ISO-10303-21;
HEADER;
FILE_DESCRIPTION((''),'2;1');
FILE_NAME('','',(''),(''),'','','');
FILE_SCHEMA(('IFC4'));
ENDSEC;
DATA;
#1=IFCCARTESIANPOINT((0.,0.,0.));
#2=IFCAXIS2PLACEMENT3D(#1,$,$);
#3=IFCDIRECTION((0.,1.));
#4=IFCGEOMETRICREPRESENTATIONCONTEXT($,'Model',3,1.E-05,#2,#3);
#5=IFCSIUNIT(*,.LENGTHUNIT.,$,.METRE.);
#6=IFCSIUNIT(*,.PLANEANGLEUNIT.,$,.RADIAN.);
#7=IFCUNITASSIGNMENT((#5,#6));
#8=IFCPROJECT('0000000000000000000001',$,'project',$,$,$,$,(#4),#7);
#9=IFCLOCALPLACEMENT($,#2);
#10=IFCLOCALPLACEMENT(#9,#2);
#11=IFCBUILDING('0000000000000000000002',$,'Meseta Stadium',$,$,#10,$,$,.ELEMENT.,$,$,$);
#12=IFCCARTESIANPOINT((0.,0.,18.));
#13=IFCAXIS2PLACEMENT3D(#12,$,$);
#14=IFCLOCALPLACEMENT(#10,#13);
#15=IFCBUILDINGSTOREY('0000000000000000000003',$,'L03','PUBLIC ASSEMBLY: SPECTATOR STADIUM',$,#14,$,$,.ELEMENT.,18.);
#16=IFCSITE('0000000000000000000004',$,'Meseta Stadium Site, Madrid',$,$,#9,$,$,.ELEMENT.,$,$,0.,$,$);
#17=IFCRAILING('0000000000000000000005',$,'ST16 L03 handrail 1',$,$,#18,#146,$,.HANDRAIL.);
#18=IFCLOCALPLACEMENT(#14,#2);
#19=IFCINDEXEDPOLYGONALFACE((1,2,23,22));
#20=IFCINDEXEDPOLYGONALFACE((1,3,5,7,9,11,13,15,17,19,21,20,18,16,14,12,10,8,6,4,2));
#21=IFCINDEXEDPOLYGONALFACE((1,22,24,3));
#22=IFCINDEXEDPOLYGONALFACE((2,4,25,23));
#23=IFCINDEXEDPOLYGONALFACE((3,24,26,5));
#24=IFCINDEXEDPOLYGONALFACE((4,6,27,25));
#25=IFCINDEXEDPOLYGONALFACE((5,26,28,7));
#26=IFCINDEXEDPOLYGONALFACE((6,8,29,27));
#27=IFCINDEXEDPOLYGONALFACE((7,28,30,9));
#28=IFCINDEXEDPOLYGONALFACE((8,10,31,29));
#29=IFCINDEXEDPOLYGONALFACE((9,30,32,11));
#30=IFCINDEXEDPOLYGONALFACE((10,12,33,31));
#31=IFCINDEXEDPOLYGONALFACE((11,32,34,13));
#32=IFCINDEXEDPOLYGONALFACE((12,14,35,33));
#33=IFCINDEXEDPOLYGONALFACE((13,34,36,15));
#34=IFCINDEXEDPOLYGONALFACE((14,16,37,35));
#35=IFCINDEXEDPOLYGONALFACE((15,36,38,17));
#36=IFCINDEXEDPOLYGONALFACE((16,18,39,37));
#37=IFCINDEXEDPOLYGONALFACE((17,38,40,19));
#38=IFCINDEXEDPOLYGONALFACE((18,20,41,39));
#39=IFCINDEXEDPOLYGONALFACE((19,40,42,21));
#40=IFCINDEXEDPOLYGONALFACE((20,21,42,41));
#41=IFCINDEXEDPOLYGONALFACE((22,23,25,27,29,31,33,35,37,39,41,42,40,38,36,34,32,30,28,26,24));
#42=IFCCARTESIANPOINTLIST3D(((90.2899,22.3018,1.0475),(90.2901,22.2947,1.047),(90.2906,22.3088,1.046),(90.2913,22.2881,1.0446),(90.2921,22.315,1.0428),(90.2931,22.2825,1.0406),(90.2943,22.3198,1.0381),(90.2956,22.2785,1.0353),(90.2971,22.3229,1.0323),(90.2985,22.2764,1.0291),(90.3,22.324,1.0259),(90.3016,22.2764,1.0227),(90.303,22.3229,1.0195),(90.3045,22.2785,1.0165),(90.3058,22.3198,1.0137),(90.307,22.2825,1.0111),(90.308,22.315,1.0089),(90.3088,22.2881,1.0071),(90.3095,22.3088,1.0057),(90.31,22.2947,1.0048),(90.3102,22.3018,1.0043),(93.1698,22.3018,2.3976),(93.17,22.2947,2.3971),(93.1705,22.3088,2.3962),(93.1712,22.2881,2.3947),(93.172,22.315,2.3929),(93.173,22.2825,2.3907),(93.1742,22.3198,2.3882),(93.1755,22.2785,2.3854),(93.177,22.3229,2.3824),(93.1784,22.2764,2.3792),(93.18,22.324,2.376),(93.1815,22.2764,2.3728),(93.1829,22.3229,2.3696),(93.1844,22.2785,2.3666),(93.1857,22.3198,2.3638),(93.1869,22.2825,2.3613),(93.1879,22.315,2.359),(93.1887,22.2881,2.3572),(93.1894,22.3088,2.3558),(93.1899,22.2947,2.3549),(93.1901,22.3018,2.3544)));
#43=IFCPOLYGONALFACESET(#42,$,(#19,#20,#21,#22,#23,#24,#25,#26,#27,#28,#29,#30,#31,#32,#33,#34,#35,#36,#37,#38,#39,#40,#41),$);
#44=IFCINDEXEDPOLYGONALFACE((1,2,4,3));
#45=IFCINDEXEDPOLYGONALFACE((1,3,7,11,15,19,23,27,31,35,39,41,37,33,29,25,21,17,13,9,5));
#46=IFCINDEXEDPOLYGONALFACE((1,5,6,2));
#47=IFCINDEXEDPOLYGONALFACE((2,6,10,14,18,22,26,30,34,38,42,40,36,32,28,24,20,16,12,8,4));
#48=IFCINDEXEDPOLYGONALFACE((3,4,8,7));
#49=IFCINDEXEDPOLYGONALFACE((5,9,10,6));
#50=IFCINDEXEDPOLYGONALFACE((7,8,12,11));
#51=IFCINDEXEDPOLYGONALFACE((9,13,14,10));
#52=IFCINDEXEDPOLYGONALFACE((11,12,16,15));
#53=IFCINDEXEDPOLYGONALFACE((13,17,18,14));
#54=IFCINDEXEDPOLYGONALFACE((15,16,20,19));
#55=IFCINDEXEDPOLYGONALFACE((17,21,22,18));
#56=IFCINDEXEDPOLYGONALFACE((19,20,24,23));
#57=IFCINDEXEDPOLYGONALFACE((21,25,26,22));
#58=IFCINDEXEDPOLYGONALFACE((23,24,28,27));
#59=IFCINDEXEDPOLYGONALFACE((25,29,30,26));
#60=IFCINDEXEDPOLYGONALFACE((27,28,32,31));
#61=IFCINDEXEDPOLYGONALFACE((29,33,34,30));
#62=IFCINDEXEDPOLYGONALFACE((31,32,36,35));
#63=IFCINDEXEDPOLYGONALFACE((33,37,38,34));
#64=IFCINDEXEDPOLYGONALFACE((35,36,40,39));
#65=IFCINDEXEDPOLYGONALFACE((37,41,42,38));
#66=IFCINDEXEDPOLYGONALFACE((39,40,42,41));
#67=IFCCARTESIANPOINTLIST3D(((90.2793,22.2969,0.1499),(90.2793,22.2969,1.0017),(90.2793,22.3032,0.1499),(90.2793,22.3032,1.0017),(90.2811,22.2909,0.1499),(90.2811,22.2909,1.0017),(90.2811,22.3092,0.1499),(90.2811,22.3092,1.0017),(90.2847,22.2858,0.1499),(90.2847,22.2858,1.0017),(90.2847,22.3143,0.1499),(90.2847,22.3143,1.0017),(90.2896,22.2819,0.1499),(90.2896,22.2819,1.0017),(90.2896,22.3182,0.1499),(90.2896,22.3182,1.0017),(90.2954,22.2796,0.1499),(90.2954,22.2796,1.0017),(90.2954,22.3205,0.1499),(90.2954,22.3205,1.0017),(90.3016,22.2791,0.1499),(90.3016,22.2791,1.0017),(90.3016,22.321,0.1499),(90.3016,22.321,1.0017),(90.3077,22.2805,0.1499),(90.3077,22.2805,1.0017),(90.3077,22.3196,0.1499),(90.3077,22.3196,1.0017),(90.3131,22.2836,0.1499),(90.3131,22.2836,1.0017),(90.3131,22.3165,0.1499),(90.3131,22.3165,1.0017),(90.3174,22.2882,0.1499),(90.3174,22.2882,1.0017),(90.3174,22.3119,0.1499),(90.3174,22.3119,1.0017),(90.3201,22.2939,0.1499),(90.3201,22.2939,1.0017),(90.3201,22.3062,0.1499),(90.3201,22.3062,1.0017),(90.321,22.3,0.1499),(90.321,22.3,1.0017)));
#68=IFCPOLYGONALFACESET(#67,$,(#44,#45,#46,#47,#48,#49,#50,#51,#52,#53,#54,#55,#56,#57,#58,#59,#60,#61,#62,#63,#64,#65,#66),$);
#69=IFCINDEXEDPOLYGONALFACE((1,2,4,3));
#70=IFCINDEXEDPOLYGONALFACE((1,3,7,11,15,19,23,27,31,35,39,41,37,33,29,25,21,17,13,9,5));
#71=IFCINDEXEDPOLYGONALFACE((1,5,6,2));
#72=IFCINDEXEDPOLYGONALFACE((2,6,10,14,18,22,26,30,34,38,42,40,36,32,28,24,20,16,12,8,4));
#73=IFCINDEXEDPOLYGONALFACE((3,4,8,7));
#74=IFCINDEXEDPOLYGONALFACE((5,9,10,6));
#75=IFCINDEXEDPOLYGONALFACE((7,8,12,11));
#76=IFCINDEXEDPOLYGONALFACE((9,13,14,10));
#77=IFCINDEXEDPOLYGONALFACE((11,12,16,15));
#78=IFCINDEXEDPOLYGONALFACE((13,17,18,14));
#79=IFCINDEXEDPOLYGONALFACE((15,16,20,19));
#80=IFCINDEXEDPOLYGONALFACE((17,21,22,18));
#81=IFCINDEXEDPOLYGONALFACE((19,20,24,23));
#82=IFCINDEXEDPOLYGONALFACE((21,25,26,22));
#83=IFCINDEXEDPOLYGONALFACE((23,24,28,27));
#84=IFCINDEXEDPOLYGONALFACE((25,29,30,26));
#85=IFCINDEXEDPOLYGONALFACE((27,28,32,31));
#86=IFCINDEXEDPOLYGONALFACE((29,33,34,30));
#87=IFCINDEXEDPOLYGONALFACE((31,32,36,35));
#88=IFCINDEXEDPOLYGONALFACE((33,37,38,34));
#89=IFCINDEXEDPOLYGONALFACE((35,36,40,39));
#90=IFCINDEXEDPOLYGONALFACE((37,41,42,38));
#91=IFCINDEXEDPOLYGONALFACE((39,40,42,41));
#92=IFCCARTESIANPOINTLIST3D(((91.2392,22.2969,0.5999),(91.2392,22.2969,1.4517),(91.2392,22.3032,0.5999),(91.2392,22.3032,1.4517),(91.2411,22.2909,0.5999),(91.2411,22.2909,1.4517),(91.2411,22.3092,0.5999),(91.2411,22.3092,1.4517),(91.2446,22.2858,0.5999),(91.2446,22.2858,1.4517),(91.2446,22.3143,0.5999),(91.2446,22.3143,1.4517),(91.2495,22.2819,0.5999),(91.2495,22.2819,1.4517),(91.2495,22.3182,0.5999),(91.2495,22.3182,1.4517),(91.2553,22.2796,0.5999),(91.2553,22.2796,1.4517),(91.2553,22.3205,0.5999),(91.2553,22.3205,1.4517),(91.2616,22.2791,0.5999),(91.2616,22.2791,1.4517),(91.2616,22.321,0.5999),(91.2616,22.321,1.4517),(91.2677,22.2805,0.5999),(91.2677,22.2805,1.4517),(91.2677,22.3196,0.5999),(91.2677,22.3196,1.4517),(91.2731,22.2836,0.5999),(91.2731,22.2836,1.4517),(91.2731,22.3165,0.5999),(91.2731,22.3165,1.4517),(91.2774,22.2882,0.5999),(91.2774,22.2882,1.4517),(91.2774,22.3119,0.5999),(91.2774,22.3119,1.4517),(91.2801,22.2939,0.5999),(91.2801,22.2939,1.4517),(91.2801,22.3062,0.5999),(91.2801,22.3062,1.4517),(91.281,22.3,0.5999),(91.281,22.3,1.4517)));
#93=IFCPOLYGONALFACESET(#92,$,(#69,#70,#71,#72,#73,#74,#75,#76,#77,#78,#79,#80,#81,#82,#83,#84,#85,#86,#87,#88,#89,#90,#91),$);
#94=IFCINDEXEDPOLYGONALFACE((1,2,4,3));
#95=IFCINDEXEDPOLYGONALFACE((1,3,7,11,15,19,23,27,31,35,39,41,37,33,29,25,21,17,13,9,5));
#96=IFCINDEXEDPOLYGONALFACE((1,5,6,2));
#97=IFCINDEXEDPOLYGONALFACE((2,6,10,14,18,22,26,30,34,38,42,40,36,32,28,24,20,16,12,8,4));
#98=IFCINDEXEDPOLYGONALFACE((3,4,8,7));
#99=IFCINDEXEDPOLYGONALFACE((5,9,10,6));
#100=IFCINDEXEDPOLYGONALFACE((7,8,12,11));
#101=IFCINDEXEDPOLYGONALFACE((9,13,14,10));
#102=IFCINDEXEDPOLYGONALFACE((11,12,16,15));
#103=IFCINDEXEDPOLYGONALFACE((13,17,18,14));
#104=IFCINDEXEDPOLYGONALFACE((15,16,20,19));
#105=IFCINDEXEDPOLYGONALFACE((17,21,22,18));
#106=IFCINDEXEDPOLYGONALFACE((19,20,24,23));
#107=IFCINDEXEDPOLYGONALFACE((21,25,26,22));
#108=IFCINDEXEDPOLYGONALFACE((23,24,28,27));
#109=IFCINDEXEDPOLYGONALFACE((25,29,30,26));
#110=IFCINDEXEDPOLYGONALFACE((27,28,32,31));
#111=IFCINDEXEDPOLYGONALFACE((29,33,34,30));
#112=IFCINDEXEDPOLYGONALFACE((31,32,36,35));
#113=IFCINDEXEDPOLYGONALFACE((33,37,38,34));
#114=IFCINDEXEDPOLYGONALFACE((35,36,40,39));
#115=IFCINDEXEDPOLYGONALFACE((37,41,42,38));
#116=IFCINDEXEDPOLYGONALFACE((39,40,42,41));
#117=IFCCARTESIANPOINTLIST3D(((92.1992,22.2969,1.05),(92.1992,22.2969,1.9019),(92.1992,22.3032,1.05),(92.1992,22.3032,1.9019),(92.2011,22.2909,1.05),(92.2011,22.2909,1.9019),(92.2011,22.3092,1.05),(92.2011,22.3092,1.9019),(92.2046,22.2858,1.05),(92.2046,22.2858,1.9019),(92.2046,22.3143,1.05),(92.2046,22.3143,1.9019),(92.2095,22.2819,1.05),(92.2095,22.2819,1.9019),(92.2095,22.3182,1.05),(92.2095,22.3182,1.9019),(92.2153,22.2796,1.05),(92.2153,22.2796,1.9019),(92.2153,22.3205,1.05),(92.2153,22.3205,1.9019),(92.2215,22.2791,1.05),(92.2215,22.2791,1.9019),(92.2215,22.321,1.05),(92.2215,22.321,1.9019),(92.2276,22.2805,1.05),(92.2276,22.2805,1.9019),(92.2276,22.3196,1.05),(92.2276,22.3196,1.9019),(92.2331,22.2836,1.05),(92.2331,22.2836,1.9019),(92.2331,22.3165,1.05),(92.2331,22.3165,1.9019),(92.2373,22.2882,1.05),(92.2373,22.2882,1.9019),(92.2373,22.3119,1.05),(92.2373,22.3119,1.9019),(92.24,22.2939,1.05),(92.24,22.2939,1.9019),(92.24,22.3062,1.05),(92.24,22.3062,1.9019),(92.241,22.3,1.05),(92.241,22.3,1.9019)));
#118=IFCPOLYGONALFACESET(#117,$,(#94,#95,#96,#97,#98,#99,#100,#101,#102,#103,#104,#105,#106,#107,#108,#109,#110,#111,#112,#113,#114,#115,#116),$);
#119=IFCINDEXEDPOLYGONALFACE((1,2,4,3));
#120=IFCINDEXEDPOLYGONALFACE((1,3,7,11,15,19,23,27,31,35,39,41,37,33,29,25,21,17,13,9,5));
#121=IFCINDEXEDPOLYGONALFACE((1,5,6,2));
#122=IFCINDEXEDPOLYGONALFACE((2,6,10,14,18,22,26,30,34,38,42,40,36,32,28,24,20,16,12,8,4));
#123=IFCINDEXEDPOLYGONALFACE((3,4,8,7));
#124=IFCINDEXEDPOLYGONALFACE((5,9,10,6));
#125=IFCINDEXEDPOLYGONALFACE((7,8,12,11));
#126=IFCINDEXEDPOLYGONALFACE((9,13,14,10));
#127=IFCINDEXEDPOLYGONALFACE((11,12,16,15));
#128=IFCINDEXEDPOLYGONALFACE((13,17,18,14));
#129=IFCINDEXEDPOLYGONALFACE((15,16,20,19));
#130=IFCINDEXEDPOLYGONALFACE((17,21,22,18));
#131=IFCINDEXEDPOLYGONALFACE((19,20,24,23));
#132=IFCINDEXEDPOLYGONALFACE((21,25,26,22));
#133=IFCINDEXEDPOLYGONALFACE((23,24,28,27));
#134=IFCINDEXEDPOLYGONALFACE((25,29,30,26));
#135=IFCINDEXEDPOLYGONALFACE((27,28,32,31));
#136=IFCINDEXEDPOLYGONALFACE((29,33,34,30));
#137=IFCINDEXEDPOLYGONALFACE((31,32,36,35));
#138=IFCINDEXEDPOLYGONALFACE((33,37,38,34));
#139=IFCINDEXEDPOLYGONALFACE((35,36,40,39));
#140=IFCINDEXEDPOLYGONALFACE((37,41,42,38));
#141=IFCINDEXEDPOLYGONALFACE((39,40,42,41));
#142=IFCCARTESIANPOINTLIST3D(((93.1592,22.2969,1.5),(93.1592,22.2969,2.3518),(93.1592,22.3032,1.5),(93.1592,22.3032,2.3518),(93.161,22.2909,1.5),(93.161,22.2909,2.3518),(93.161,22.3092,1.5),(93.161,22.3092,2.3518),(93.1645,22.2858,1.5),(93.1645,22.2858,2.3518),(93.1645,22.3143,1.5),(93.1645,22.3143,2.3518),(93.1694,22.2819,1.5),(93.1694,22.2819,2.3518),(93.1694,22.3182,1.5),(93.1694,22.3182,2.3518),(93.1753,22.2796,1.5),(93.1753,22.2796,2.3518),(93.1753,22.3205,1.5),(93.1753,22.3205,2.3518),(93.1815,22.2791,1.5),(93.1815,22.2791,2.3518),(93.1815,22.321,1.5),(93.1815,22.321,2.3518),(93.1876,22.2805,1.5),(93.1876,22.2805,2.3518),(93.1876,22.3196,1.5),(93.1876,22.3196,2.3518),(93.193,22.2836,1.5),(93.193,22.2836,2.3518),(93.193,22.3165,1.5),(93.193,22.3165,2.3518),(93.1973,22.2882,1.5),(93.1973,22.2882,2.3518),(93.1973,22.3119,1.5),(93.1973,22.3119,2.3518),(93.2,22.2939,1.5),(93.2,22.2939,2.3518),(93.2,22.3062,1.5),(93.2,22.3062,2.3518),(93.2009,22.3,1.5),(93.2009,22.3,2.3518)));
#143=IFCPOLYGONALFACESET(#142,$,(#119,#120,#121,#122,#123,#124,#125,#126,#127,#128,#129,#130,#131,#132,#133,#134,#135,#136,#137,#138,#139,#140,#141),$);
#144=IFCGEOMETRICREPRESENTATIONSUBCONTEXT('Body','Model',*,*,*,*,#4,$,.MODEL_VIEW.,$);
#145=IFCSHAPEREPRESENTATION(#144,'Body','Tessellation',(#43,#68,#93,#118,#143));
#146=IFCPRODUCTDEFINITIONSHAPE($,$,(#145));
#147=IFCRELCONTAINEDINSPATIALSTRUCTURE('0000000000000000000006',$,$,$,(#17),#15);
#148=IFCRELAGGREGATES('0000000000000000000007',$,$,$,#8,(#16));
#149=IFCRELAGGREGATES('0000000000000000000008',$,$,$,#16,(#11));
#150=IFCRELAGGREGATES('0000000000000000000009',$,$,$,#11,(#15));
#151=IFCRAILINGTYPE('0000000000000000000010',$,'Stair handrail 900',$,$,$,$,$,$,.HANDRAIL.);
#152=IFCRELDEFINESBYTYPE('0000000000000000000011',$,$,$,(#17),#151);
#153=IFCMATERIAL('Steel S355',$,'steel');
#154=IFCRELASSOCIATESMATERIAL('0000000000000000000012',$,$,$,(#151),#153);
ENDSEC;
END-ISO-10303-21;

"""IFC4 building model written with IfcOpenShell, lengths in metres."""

from ifc_helpers import new_model, si_unit, direction, frame, origin, origin_2d, place, context, subcontext, project, spatial, circle, extrude, material, type_object, element, save


model = new_model("IFC4")

# Units and contexts
model_context = context("Model", 3, precision=1e-05, world=origin(), true_north=direction((0.0, 1.0)))
body_context = subcontext(model_context, "Body", "Model", "MODEL_VIEW")
ifc_project = project(units=[si_unit("LENGTHUNIT", "METRE"), si_unit("PLANEANGLEUNIT", "RADIAN")], contexts=[model_context])

# Site, building, storey
site_placement = place(None, origin())
site = spatial("IfcSite", under=ifc_project, at=site_placement, Name="Meseta Stadium Site, Madrid", CompositionType="ELEMENT", RefElevation=0.0)
building_placement = place(site_placement, origin())
building = spatial("IfcBuilding", under=site, at=building_placement, Name="Meseta Stadium", CompositionType="ELEMENT")
storey_placement = place(building_placement, frame((0.0, 0.0, 18.0)))
storey = spatial("IfcBuildingStorey", under=building, at=storey_placement, Name="L03", Description="PUBLIC ASSEMBLY: SPECTATOR STADIUM", CompositionType="ELEMENT", Elevation=18.0)

# Railing
ifc_material_1 = material(Name="Steel S355", Category="steel")
railing_type_1 = type_object("IfcRailingType", Name="Stair handrail 900", PredefinedType="HANDRAIL", material=ifc_material_1)
for number, where, name in (
    (1, (90.3, 22.3, 0.1499), "ST16 L03 handrail 1"),
):
    element("IfcRailing", number, at=place(storey_placement, frame(where)), inside=storey, type_object=railing_type_1, Name=name, PredefinedType="HANDRAIL", context=body_context, shape_type="SweptSolid", body=[
        extrude(circle(Radius=0.0239, at=origin_2d()), frame((0.0, 0.0, 0.876), z_axis=(0.90544, 0.0, 0.424473), x_axis=(0.0, 1.0, 0.0)), (0.0, 0.0, 1.0), 3.1807),
        extrude(circle(Radius=0.021, at=origin_2d()), origin(), (0.0, 0.0, 1.0), 0.8518),
        extrude(circle(Radius=0.021, at=origin_2d()), frame((0.96, 0.0, 0.45)), (0.0, 0.0, 1.0), 0.8518),
        extrude(circle(Radius=0.021, at=origin_2d()), frame((1.9199, 0.0, 0.9001)), (0.0, 0.0, 1.0), 0.8518),
        extrude(circle(Radius=0.021, at=origin_2d()), frame((2.8799, 0.0, 1.3501)), (0.0, 0.0, 1.0), 0.8518),
    ])

save(model, "model.ifc")
